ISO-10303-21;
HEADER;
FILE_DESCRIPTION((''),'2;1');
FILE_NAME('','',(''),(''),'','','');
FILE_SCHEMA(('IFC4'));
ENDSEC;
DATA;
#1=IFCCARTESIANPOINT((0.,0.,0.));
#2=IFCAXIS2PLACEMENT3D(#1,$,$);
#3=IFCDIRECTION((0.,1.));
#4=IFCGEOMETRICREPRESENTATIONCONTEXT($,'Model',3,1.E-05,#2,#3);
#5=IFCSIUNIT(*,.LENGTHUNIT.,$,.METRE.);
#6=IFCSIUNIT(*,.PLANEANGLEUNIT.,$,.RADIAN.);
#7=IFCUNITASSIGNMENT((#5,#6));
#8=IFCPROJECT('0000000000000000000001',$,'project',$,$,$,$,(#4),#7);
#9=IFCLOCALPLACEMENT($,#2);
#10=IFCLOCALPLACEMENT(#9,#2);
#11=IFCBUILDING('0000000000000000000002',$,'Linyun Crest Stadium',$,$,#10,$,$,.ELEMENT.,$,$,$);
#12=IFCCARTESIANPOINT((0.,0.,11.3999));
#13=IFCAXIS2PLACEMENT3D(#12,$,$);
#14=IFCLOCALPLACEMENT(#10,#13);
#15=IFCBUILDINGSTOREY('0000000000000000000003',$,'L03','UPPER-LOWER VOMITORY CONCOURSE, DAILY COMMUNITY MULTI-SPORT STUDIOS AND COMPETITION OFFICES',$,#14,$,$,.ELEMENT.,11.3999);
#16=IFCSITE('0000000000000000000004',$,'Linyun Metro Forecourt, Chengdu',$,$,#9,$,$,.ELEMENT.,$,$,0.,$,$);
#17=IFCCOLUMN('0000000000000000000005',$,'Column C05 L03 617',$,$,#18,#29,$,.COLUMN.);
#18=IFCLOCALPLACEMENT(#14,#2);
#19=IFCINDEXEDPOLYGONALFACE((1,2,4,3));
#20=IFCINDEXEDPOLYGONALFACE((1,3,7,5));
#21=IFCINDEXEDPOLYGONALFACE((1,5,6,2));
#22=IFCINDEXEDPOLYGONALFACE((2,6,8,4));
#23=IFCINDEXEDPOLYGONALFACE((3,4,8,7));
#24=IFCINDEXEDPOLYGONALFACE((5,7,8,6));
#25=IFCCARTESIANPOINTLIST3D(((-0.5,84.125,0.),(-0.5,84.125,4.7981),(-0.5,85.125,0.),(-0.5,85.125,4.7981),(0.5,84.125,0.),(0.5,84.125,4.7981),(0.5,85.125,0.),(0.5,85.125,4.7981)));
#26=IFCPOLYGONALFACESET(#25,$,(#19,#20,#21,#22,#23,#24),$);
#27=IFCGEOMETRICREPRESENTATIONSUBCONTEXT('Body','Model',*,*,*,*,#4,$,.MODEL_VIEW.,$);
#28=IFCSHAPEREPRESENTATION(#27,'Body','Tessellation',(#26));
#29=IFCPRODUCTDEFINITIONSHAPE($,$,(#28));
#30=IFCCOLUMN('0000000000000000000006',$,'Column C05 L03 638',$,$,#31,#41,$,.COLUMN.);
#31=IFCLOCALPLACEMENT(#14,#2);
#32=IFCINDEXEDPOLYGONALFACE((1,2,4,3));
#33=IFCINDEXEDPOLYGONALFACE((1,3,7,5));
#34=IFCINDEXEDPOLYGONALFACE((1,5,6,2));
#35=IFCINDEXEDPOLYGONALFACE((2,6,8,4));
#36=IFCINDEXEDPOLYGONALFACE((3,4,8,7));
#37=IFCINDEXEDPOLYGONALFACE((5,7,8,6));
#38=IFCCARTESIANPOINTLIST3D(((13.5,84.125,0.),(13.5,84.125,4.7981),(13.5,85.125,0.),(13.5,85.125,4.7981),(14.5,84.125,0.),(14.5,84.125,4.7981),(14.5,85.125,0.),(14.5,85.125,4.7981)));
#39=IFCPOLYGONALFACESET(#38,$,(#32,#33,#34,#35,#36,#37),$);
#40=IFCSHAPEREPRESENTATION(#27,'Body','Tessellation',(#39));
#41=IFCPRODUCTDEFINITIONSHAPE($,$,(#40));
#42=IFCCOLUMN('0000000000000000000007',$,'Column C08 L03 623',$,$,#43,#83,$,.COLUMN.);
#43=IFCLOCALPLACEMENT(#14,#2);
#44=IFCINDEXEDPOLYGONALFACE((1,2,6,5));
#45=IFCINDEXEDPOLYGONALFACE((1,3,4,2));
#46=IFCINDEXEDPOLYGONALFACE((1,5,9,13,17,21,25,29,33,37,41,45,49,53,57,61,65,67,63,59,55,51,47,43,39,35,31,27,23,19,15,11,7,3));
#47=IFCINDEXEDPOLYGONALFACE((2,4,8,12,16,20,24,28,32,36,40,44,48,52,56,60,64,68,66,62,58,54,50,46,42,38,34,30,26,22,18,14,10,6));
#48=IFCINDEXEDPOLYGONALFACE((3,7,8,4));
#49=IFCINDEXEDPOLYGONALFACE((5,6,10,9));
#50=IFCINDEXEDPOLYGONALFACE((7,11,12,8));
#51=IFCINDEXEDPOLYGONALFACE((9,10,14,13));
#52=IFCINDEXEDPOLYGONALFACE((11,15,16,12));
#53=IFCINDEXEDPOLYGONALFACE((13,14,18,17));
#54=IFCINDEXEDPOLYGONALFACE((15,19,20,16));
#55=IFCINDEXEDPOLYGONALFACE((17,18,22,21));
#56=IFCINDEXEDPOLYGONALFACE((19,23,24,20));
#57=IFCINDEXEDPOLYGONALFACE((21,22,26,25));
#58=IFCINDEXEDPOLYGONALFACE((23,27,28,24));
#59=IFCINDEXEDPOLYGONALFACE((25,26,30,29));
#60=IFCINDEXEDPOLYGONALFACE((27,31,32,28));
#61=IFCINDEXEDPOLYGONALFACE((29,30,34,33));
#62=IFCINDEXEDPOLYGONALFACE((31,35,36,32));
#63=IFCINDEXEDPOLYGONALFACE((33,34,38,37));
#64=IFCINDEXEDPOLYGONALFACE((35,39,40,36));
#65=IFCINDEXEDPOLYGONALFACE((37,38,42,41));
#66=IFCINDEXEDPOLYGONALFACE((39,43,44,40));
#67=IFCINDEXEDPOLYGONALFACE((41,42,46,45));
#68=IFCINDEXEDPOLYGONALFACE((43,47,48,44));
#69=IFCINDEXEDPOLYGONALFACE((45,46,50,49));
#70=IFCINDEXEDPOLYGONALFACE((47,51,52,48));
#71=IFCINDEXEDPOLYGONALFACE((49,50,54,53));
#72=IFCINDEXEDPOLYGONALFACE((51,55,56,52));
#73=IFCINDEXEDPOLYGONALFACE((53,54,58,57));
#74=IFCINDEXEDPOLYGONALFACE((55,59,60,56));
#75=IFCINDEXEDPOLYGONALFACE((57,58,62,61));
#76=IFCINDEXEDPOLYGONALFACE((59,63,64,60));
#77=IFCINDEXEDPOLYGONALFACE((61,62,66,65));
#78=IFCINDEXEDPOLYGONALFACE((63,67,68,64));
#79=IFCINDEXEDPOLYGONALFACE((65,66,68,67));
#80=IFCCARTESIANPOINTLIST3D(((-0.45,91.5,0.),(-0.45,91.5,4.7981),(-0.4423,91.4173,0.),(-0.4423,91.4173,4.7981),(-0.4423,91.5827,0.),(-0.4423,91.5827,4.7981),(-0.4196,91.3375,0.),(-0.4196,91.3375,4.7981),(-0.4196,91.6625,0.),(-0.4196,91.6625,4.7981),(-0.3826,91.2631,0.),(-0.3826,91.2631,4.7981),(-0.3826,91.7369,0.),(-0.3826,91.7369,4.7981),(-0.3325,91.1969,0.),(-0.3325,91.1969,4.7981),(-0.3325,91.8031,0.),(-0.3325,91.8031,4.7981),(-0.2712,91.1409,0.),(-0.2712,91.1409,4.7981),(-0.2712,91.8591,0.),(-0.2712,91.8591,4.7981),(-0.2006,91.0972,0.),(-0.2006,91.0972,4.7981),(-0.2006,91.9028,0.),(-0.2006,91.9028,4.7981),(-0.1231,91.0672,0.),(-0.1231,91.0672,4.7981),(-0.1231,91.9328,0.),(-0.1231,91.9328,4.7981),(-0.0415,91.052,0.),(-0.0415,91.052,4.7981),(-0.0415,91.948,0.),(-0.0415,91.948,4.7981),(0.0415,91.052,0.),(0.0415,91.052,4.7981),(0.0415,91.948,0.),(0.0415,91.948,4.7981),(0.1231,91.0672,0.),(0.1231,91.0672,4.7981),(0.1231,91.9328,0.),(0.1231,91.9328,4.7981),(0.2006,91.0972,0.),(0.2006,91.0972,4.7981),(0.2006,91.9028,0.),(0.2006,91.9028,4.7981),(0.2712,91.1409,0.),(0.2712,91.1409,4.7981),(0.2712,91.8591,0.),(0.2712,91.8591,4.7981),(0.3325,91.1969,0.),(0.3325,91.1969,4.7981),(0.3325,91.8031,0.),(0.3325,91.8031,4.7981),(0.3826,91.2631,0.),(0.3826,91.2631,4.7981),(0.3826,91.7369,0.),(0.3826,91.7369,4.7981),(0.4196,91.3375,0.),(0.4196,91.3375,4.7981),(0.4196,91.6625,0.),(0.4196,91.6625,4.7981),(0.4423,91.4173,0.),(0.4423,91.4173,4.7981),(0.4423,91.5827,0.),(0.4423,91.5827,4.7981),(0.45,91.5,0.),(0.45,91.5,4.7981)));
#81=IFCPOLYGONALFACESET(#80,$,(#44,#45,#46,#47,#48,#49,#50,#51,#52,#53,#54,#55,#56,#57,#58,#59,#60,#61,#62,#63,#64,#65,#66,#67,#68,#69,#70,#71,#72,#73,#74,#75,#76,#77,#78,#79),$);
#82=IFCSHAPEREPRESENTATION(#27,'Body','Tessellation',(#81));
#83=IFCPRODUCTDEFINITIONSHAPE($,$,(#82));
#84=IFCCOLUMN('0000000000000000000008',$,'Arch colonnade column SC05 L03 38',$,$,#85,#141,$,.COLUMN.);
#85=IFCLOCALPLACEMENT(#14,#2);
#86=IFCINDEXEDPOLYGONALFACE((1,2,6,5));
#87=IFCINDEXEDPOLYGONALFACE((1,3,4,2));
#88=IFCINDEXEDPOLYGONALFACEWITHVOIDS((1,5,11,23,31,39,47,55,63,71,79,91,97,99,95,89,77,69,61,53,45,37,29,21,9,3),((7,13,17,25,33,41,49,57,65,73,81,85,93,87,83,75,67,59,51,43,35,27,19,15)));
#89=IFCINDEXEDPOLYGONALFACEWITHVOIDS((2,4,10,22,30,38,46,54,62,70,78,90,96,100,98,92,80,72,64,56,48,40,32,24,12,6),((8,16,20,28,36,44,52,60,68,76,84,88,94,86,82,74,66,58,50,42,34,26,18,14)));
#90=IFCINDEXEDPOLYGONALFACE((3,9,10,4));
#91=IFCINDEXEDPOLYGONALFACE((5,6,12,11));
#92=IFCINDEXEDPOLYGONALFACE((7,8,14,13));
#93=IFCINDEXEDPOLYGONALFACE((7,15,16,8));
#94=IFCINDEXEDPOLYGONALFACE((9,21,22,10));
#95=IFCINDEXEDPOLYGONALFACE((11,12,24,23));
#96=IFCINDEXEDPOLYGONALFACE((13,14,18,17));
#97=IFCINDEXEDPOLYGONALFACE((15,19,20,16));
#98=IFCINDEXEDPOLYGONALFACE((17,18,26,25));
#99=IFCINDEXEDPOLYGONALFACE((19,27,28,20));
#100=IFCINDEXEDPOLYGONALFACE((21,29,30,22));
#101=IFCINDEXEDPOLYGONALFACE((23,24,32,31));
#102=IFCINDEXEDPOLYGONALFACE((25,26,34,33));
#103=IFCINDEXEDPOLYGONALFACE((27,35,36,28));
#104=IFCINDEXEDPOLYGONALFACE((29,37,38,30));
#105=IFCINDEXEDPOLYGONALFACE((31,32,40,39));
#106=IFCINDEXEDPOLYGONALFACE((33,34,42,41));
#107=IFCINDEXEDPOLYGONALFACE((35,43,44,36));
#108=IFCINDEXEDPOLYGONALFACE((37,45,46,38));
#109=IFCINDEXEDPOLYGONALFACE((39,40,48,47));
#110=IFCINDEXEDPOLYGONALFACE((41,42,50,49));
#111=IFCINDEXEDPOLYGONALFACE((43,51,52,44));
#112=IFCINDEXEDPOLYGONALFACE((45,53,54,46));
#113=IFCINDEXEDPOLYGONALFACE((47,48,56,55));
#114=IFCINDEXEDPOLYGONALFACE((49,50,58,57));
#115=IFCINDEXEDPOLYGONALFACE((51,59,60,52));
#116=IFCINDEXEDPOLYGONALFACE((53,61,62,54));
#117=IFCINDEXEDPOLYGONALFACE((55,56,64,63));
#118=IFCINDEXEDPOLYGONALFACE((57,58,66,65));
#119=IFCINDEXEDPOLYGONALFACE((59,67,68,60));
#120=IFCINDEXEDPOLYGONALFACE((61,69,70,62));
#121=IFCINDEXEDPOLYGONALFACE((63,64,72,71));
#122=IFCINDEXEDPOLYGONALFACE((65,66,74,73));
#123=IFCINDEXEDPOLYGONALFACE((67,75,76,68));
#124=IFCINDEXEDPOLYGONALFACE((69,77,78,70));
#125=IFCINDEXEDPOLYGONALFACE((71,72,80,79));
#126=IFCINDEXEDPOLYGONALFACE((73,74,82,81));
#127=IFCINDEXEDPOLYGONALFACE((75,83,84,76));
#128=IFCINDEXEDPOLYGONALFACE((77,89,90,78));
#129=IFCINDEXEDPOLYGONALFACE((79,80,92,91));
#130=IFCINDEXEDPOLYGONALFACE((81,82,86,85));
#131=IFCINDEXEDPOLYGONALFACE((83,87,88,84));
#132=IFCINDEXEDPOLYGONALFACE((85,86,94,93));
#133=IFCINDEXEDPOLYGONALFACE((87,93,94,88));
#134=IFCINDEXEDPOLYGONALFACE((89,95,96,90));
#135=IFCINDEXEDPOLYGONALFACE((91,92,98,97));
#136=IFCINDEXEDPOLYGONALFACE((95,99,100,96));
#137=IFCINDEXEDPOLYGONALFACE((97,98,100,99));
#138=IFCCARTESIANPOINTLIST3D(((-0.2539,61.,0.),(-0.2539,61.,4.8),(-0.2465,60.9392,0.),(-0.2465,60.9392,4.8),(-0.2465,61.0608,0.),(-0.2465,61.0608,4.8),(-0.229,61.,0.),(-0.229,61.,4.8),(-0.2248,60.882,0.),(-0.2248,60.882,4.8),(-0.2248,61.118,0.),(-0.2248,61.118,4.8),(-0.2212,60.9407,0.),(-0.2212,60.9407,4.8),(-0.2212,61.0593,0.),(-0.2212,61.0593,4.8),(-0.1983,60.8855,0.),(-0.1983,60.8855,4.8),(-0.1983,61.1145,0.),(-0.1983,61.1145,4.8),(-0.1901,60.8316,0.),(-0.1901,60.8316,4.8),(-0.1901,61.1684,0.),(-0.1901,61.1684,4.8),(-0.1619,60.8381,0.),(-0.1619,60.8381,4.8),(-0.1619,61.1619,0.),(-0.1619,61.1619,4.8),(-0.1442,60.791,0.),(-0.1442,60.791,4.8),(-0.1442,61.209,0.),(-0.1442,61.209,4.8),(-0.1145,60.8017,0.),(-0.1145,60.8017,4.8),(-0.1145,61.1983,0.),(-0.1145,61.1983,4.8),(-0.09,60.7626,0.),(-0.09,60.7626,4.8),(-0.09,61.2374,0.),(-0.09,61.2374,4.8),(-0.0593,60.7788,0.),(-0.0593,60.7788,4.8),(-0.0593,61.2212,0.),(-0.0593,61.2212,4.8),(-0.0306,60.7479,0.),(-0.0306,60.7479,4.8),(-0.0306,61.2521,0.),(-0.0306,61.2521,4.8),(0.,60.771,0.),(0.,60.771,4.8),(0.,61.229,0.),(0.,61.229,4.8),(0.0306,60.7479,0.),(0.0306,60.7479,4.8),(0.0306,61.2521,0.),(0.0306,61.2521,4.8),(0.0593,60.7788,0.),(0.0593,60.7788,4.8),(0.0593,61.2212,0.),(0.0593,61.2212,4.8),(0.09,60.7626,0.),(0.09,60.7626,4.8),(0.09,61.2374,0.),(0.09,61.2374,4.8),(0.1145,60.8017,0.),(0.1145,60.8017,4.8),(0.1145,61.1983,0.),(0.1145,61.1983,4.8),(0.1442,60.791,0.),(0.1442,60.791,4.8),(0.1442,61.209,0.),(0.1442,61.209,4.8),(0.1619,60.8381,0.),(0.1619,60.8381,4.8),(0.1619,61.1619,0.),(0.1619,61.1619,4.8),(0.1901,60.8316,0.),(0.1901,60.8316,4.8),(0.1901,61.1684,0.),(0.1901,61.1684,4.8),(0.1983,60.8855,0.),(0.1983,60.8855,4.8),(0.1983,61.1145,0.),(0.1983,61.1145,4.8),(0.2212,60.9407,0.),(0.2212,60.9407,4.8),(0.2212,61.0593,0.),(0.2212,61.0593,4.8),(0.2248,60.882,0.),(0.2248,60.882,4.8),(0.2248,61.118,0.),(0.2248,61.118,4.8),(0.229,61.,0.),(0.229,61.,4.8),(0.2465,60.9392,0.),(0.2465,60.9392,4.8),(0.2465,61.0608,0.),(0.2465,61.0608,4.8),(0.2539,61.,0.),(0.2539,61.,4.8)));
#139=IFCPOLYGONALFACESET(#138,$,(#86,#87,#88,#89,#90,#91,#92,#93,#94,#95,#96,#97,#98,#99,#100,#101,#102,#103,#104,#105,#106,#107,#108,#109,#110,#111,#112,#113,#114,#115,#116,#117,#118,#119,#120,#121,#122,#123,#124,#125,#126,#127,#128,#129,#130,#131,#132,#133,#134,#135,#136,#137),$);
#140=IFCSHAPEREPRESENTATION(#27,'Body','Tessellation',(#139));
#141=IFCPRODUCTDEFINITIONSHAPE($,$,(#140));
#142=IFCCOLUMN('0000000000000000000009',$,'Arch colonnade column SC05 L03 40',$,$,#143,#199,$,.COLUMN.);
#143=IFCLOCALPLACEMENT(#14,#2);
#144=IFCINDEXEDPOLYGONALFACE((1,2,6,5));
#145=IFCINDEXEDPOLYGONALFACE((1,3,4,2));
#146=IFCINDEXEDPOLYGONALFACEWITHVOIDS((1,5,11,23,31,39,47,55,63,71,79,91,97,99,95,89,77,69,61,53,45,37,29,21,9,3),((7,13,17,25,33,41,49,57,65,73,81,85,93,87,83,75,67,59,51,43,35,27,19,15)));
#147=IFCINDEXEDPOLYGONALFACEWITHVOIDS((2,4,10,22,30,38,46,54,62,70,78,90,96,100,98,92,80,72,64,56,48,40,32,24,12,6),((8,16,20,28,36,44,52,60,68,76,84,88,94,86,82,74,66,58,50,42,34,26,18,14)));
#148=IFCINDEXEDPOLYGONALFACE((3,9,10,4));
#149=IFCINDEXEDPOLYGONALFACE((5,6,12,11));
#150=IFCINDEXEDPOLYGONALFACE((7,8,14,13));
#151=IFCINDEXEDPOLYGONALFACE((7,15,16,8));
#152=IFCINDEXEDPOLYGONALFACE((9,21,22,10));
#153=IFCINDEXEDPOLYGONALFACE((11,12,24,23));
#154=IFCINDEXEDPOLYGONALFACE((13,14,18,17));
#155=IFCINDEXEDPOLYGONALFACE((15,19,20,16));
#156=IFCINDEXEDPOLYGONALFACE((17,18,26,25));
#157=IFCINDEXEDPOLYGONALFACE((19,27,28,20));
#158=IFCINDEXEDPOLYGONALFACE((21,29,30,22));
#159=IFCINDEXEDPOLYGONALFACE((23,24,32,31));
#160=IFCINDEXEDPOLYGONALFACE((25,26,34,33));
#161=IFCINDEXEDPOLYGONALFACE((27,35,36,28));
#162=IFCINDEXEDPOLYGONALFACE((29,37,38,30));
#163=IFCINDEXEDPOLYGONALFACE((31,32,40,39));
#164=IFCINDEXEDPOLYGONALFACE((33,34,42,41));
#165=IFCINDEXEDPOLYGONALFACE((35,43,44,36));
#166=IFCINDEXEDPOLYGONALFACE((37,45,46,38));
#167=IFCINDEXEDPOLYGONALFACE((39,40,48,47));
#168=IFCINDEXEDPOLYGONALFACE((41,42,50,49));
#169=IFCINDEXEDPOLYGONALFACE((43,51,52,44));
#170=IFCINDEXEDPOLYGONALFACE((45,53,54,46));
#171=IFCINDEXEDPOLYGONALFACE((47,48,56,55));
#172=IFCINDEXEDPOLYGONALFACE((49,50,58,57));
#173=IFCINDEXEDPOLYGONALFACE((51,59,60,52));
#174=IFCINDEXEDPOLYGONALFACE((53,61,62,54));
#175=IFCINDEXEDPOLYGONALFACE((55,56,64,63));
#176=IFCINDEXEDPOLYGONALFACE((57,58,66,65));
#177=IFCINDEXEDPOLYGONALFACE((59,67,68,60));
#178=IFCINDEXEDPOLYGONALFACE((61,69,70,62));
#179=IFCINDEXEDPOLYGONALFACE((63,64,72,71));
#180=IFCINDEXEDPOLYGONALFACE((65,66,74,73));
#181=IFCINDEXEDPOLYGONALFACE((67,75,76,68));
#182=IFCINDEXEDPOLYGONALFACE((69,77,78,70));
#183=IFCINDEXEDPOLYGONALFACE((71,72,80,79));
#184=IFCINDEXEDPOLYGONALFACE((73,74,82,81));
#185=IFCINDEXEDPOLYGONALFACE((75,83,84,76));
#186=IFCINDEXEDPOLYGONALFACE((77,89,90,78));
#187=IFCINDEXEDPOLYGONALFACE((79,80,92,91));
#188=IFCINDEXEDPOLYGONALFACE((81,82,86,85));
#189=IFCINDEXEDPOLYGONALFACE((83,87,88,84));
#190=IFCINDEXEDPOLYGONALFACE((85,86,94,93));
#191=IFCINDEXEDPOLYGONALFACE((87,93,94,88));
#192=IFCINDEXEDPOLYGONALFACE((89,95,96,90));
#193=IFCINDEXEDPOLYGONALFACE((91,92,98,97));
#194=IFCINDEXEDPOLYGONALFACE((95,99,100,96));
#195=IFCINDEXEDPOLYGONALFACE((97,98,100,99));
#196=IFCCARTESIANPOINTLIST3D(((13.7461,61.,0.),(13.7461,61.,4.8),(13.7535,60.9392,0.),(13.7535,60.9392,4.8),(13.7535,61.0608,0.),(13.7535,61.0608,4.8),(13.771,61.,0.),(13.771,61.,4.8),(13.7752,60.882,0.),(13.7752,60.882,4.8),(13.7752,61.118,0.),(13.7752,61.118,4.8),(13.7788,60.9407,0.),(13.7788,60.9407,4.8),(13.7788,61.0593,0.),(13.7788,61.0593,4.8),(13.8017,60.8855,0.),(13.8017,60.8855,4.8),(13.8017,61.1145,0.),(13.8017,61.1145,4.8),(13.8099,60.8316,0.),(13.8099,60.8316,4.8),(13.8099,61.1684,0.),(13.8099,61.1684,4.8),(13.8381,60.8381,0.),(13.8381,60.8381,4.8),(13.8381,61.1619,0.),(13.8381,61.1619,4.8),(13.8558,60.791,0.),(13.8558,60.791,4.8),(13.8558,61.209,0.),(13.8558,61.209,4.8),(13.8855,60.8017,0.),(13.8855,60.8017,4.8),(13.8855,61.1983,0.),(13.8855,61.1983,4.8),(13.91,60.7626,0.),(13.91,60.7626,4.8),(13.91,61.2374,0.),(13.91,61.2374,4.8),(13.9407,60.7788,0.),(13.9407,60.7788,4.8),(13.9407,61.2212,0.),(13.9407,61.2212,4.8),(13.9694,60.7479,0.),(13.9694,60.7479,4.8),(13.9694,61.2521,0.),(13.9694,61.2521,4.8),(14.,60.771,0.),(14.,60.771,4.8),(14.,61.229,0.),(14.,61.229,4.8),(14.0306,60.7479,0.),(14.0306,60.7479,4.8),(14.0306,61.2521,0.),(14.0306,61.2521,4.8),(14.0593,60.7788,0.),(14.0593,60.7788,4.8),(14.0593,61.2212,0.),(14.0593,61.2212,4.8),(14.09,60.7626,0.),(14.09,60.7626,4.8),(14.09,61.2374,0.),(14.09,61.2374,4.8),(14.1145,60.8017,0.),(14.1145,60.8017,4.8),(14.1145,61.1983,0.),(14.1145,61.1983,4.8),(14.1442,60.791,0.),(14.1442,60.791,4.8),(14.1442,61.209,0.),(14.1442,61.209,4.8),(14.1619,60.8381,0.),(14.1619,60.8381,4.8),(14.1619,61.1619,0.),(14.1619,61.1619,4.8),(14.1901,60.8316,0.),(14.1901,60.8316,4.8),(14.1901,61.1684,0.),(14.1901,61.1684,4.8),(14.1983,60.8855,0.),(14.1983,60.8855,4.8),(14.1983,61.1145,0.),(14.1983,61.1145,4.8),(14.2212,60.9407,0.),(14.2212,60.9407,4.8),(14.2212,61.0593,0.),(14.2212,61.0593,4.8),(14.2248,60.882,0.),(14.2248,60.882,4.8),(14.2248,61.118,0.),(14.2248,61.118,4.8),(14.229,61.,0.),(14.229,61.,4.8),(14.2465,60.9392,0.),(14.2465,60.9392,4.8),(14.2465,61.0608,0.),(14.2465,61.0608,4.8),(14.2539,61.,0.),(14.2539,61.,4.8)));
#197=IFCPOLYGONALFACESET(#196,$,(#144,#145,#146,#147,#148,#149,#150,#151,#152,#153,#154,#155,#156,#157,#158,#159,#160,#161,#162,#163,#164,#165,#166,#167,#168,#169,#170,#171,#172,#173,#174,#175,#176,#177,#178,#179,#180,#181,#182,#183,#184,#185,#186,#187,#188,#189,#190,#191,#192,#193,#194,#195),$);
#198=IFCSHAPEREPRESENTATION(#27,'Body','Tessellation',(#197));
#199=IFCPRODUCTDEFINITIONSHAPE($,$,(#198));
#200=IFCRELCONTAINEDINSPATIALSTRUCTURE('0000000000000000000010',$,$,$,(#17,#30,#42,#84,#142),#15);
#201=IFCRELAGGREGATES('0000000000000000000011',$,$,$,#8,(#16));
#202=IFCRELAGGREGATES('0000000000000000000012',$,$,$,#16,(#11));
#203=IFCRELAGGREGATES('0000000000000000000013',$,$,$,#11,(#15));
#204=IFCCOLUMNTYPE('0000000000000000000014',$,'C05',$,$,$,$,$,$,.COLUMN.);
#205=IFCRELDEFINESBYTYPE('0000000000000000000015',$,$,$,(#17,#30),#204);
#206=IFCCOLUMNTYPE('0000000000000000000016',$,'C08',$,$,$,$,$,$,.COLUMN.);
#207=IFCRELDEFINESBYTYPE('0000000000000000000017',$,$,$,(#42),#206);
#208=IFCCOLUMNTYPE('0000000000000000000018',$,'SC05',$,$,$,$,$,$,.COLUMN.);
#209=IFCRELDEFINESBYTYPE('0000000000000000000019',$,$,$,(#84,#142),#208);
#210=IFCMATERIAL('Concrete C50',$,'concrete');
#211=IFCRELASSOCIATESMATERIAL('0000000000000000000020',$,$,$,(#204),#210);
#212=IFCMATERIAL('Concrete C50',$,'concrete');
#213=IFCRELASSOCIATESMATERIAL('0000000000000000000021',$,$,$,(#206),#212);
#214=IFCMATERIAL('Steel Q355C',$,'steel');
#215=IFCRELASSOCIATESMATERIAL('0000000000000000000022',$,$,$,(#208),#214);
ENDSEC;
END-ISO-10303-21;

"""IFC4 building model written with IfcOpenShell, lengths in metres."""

from ifc_helpers import new_model, si_unit, direction, frame, origin, origin_2d, place, context, subcontext, project, spatial, rectangle, circle, hollow_circle, extrude, material, material_profile, profile_set, type_object, element, save


model = new_model("IFC4")

# Units and contexts
model_context = context("Model", 3, precision=1e-05, world=origin(), true_north=direction((0.0, 1.0)))
body_context = subcontext(model_context, "Body", "Model", "MODEL_VIEW")
ifc_project = project(units=[si_unit("LENGTHUNIT", "METRE"), si_unit("PLANEANGLEUNIT", "RADIAN")], contexts=[model_context])

# Site, building, storey
site_placement = place(None, origin())
site = spatial("IfcSite", under=ifc_project, at=site_placement, Name="Linyun Metro Forecourt, Chengdu", CompositionType="ELEMENT", RefElevation=0.0)
building_placement = place(site_placement, origin())
building = spatial("IfcBuilding", under=site, at=building_placement, Name="Linyun Crest Stadium", CompositionType="ELEMENT")
storey_placement = place(building_placement, frame((0.0, 0.0, 11.3999)))
storey = spatial("IfcBuildingStorey", under=building, at=storey_placement, Name="L03", Description="UPPER-LOWER VOMITORY CONCOURSE, DAILY COMMUNITY MULTI-SPORT STUDIOS AND COMPETITION OFFICES", CompositionType="ELEMENT", Elevation=11.3999)

# Columns
ifc_material_1 = material(Name="Concrete C50", Category="concrete")
ifc_material_profile_1 = material_profile(ifc_material_1, rectangle(XDim=1.0, YDim=1.0, at=origin_2d()), Name="RC 1000x1000")
ifc_profile_set_1 = profile_set([ifc_material_profile_1], Name="Concrete C50")
column_type_1 = type_object("IfcColumnType", Name="C05", PredefinedType="COLUMN", material=ifc_profile_set_1)
for number, where, z_axis, x_axis, name in (
    (1, (0.0, 84.625, 0.0), (0.0, 0.0, 1.0), (1.0, 0.0, 0.0), "Column C05 L03 617"),
    (2, (14.0, 84.625, 0.0), (0.0, 0.0, 1.0), (1.0, 0.0, 0.0), "Column C05 L03 638"),
):
    element("IfcColumn", number, at=place(storey_placement, frame(where, z_axis=z_axis, x_axis=x_axis)), inside=storey, type_object=column_type_1, Name=name, PredefinedType="COLUMN", context=body_context, shape_type="SweptSolid", body=[
        extrude(rectangle(XDim=1.0, YDim=1.0, at=origin_2d()), origin(), (0.0, 0.0, 1.0), 4.7981),
    ])
ifc_material_2 = material(Name="Concrete C50", Category="concrete")
ifc_material_profile_2 = material_profile(ifc_material_2, circle(Radius=0.45, at=origin_2d()), Name="RC D900")
ifc_profile_set_2 = profile_set([ifc_material_profile_2], Name="Concrete C50")
column_type_2 = type_object("IfcColumnType", Name="C08", PredefinedType="COLUMN", material=ifc_profile_set_2)
column_placement = place(storey_placement, frame((0.0, 91.5, 0.0), z_axis=(0.0, 0.0, 1.0), x_axis=(1.0, 0.0, 0.0)))
element("IfcColumn", 3, at=column_placement, inside=storey, type_object=column_type_2, Name="Column C08 L03 623", PredefinedType="COLUMN", context=body_context, shape_type="SweptSolid", body=[
    extrude(circle(Radius=0.45, at=origin_2d()), origin(), (0.0, 0.0, 1.0), 4.7981),
])
ifc_material_3 = material(Name="Steel Q355C", Category="steel")
ifc_material_profile_3 = material_profile(ifc_material_3, hollow_circle(Radius=0.2539, WallThickness=0.0249, at=origin_2d()), Name="CHS 508x25")
ifc_profile_set_3 = profile_set([ifc_material_profile_3], Name="Steel Q355C")
column_type_3 = type_object("IfcColumnType", Name="SC05", PredefinedType="COLUMN", material=ifc_profile_set_3)
for number, where, z_axis, x_axis, name in (
    (4, (0.0, 61.0, 0.0), (0.0, 0.0, 1.0), (1.0, 0.0, 0.0), "Arch colonnade column SC05 L03 38"),
    (5, (14.0, 61.0, 0.0), (0.0, 0.0, 1.0), (1.0, 0.0, 0.0), "Arch colonnade column SC05 L03 40"),
):
    element("IfcColumn", number, at=place(storey_placement, frame(where, z_axis=z_axis, x_axis=x_axis)), inside=storey, type_object=column_type_3, Name=name, PredefinedType="COLUMN", context=body_context, shape_type="SweptSolid", body=[
        extrude(hollow_circle(Radius=0.2539, WallThickness=0.0249, at=origin_2d()), origin(), (0.0, 0.0, 1.0), 4.8),
    ])

save(model, "model.ifc")
